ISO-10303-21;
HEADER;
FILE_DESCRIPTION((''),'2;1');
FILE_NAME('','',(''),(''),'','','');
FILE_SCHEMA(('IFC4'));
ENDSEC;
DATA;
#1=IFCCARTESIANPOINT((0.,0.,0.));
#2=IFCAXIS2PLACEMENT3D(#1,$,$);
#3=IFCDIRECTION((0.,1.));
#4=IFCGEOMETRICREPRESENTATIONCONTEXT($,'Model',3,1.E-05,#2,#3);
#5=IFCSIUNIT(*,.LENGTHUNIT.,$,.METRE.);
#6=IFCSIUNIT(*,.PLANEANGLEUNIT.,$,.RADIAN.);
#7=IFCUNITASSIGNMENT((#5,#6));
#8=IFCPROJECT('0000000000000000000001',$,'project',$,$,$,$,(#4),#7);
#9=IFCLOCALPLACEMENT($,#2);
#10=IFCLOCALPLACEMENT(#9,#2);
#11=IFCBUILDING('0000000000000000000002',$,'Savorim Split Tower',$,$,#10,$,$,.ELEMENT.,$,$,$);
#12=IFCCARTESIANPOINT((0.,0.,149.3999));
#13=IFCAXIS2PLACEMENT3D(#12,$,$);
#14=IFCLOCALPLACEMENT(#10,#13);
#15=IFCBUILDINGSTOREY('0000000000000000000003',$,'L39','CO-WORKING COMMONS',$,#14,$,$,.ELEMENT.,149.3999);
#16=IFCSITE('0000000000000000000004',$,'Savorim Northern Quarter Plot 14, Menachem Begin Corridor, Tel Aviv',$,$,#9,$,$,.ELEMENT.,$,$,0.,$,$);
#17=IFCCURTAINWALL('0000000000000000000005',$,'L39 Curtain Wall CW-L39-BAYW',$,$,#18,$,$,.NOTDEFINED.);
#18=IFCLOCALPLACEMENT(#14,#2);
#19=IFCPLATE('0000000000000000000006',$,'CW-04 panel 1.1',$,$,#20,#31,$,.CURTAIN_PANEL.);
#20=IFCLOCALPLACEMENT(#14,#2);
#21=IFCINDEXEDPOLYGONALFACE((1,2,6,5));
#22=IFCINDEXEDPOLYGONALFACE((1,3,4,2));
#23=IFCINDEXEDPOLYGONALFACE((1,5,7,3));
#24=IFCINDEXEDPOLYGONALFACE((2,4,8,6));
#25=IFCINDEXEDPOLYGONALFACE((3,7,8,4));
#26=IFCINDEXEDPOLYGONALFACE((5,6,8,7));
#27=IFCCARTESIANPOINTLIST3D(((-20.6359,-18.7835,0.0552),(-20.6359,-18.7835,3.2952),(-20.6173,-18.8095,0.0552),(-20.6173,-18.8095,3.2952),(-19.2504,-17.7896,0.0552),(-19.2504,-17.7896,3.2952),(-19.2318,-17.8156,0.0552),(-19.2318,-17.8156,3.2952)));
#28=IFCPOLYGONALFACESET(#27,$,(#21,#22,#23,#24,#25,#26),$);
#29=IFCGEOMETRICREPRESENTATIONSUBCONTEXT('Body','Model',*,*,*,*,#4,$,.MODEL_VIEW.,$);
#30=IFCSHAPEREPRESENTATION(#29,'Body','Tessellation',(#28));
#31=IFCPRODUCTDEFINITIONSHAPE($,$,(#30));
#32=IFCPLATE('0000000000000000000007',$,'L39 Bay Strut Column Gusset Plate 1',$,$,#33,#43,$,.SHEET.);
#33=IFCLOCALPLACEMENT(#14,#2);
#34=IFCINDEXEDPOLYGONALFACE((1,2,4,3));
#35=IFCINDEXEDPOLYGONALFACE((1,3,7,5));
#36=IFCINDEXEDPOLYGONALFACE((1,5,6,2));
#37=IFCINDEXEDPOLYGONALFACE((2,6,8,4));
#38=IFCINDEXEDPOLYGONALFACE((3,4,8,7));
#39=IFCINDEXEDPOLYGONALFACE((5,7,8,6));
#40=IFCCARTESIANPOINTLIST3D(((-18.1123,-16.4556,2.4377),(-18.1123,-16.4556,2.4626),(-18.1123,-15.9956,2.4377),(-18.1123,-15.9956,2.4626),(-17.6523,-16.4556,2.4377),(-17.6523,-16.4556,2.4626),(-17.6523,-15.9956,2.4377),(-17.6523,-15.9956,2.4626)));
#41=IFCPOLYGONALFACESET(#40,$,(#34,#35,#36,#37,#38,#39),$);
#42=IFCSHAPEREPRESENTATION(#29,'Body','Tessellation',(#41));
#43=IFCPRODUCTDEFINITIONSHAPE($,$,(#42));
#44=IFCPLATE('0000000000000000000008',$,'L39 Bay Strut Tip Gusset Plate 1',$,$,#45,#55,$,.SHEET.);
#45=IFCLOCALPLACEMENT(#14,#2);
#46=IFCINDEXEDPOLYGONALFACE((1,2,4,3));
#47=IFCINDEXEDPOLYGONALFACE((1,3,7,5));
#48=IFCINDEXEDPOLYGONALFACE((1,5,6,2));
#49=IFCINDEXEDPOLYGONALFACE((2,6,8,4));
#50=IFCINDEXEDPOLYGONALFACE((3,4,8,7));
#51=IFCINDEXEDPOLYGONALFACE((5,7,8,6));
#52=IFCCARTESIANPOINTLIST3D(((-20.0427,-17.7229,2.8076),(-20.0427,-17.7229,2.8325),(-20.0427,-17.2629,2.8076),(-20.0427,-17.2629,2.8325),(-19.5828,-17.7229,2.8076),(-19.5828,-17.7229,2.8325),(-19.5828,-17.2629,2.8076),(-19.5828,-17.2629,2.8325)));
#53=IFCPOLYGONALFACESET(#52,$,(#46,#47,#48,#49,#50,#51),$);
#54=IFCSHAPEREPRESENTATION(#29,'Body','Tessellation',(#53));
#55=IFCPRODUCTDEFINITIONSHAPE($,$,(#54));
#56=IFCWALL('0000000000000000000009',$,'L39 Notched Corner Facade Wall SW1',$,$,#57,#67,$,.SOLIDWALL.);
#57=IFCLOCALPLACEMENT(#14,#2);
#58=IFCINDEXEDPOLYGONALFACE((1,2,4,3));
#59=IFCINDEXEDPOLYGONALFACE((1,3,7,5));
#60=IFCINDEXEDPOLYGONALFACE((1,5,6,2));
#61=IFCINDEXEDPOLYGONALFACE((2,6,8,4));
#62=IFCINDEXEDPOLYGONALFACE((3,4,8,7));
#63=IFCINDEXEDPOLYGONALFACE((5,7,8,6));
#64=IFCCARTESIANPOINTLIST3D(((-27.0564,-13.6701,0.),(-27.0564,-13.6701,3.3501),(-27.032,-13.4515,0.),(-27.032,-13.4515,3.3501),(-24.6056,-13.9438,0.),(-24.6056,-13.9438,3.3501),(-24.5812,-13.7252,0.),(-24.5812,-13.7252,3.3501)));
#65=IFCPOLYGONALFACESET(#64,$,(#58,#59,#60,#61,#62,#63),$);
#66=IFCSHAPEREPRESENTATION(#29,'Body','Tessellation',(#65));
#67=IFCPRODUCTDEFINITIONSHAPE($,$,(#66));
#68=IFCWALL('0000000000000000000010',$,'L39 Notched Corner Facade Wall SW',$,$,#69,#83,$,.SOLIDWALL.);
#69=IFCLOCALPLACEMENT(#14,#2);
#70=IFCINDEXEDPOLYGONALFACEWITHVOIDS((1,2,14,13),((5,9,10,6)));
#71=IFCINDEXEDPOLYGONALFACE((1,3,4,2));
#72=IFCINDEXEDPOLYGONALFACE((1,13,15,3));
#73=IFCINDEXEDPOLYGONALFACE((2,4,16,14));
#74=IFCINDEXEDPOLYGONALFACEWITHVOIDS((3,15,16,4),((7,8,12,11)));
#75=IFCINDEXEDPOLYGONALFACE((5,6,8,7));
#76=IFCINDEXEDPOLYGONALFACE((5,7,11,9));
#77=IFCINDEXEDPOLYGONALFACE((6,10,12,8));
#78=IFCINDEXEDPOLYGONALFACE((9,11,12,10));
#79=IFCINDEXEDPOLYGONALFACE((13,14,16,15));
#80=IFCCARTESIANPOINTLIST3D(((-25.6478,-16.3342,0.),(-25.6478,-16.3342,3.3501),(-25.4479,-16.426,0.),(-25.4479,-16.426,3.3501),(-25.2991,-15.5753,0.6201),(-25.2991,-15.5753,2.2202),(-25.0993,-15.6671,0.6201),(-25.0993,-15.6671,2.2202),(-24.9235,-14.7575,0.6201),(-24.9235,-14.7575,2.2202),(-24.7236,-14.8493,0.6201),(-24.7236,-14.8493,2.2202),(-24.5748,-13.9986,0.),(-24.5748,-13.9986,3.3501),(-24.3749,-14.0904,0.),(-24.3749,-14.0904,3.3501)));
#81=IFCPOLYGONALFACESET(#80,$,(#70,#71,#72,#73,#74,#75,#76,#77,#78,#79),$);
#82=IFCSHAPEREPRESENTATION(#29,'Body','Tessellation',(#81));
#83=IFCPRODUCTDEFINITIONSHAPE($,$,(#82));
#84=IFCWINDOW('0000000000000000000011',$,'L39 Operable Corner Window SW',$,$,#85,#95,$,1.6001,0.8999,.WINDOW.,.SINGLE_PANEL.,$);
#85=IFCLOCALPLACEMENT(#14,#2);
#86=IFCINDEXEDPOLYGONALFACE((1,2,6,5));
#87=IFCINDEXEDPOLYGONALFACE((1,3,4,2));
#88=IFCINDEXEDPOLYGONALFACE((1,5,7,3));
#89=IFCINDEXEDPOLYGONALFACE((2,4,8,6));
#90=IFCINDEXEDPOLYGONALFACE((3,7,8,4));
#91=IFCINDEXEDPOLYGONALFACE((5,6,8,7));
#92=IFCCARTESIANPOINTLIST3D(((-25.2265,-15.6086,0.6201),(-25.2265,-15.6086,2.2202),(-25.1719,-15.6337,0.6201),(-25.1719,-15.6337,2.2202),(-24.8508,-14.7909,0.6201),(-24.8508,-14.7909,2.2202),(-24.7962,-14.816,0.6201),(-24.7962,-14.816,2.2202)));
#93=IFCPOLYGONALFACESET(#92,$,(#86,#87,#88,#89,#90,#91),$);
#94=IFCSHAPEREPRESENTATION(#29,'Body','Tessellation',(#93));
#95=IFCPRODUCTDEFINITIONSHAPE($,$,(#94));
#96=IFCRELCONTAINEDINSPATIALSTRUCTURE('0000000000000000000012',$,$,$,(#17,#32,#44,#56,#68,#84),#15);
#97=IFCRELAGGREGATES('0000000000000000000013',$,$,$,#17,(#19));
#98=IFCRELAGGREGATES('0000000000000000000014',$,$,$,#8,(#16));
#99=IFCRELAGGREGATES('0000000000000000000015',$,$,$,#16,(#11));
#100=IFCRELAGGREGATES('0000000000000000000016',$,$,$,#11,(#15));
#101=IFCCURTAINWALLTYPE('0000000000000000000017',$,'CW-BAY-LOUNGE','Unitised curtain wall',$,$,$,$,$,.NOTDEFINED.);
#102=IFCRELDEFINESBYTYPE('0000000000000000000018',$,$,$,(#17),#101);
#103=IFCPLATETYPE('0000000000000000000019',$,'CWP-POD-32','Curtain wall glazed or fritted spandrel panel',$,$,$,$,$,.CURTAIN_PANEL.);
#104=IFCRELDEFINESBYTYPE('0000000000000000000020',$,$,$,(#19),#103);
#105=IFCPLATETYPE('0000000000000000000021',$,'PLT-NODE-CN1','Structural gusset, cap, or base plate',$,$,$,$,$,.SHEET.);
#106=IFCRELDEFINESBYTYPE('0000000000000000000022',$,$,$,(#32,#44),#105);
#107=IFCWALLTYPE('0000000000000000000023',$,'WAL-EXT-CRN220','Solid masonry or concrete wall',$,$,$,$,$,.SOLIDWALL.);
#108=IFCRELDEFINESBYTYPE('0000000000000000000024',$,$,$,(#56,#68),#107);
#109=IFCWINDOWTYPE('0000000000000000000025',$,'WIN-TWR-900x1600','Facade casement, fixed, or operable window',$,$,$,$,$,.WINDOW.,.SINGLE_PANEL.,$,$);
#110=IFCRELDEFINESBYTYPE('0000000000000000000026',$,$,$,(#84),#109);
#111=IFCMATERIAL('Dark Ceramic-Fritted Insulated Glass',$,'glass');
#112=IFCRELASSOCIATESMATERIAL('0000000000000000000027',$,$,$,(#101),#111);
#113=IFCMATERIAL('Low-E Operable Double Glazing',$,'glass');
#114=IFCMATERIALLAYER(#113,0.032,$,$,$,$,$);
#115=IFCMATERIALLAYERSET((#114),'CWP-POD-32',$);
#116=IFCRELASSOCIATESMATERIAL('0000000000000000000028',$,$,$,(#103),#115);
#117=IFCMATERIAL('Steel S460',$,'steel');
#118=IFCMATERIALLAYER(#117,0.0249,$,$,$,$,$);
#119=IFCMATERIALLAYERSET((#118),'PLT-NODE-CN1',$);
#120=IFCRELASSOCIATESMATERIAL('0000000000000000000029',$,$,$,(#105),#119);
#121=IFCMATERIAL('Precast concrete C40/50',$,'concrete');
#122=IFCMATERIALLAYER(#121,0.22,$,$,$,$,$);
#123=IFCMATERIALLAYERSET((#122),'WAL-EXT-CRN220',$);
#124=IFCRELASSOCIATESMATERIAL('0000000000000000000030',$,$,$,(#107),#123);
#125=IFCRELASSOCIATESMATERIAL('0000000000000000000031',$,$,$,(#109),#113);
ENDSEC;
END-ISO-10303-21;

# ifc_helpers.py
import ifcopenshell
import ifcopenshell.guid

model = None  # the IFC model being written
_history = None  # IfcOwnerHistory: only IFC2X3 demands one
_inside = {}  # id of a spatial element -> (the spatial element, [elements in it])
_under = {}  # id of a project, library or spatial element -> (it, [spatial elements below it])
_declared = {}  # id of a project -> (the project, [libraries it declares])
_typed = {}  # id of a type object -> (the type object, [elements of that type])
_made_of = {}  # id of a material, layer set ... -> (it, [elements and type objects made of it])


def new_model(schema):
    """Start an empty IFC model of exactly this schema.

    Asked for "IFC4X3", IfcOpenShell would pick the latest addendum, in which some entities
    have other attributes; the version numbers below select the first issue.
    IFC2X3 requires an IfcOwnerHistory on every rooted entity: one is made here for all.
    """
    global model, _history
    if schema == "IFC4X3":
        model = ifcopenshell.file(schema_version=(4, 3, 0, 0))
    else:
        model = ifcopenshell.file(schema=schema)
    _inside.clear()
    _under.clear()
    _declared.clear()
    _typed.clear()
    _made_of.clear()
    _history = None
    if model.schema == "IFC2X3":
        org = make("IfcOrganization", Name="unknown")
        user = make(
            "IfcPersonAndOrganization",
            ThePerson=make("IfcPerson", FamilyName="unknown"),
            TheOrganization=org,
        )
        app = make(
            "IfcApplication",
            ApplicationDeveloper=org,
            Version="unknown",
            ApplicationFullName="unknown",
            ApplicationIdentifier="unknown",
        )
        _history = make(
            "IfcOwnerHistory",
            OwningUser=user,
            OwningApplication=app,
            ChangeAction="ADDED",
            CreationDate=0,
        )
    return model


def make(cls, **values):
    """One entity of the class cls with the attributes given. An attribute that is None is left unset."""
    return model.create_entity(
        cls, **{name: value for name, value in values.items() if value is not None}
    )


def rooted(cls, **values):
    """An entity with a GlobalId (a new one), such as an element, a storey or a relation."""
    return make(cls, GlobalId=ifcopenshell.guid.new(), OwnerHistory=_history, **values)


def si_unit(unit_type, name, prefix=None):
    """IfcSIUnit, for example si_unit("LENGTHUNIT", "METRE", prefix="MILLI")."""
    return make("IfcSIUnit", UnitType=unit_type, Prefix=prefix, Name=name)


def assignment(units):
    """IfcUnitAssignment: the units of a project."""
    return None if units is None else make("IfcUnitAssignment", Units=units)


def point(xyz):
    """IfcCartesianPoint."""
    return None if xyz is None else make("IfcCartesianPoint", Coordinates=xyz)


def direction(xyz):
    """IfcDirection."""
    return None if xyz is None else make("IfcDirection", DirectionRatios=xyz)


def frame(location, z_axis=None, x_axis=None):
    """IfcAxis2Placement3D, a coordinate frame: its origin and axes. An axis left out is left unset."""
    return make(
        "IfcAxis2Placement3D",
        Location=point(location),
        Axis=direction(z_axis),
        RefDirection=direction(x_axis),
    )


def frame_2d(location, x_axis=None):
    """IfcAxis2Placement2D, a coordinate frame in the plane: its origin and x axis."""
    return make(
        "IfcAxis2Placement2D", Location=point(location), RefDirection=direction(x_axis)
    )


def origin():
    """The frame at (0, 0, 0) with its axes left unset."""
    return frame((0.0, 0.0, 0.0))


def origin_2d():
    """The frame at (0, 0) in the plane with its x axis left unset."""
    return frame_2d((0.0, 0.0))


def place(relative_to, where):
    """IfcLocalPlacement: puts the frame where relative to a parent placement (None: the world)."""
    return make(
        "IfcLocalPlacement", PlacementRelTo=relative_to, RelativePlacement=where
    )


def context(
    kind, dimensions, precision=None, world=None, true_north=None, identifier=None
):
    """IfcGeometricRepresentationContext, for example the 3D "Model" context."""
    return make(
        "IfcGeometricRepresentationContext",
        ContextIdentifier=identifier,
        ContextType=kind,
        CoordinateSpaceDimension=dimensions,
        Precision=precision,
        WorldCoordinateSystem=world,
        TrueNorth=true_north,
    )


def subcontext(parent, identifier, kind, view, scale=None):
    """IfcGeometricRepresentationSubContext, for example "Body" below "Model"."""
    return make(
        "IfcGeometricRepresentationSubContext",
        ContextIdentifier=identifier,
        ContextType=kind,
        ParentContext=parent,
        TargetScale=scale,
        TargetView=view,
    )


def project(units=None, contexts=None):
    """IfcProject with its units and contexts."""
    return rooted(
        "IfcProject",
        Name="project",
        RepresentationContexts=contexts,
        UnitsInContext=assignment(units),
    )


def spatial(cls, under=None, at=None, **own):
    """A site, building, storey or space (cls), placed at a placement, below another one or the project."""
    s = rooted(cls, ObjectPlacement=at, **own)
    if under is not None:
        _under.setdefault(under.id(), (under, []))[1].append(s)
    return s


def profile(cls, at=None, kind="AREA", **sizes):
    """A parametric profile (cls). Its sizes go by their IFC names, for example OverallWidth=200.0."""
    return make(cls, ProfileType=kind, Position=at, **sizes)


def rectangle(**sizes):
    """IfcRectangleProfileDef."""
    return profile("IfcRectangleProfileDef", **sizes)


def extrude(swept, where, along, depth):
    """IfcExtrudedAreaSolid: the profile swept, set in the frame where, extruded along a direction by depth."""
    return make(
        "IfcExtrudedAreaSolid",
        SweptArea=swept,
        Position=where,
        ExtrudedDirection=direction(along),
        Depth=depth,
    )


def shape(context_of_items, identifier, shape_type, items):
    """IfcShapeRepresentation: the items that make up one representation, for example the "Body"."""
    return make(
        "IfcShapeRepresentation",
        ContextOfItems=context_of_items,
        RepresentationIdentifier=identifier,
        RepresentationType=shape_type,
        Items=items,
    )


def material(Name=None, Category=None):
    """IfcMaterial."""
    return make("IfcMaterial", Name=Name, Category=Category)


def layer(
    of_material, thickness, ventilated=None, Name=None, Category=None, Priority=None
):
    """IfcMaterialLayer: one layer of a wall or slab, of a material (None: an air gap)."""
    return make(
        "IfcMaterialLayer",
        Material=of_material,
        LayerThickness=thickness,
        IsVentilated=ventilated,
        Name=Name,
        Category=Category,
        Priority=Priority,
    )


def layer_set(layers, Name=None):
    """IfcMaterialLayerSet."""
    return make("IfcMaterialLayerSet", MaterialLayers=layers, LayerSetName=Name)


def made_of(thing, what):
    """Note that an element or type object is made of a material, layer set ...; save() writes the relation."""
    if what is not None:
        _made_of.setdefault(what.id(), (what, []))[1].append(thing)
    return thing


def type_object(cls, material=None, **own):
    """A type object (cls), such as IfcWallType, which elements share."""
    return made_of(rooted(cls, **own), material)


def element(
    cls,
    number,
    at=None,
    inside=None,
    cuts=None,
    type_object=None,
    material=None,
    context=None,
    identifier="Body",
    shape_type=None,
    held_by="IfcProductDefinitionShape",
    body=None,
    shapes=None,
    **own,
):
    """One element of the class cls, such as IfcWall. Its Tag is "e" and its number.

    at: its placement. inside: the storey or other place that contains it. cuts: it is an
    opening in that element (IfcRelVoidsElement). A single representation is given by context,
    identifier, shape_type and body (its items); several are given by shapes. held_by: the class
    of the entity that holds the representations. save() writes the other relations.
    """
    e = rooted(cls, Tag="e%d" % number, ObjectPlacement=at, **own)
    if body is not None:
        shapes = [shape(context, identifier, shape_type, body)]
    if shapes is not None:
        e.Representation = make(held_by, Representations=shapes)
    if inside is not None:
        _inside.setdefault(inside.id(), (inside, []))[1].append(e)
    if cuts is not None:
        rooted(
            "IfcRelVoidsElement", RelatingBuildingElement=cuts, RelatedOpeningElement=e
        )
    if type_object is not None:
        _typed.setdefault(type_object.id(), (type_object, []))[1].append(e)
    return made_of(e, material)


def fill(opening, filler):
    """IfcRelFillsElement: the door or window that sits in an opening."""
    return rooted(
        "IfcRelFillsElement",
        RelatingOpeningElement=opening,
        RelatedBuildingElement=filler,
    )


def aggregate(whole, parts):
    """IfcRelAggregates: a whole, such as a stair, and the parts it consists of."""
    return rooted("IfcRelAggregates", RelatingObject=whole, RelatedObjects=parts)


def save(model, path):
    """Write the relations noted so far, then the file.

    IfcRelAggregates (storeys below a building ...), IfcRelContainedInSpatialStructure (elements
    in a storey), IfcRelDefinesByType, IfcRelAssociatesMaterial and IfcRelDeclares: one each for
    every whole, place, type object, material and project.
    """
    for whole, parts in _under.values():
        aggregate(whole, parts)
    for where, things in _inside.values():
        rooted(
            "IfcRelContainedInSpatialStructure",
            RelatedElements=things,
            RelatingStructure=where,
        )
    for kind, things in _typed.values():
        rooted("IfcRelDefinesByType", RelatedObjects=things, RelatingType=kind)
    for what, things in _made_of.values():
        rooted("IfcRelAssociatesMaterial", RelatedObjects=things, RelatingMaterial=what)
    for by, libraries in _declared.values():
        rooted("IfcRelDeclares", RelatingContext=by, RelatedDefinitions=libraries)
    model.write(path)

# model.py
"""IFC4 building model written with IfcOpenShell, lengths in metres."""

from ifc_helpers import new_model, si_unit, direction, frame, frame_2d, origin, origin_2d, place, context, subcontext, project, spatial, rectangle, extrude, material, layer, layer_set, type_object, element, fill, aggregate, save


model = new_model("IFC4")

# Units and contexts
model_context = context("Model", 3, precision=1e-05, world=origin(), true_north=direction((0.0, 1.0)))
body_context = subcontext(model_context, "Body", "Model", "MODEL_VIEW")
ifc_project = project(units=[si_unit("LENGTHUNIT", "METRE"), si_unit("PLANEANGLEUNIT", "RADIAN")], contexts=[model_context])

# Site, building, storey
site_placement = place(None, origin())
site = spatial("IfcSite", under=ifc_project, at=site_placement, Name="Savorim Northern Quarter Plot 14, Menachem Begin Corridor, Tel Aviv", CompositionType="ELEMENT", RefElevation=0.0)
building_placement = place(site_placement, origin())
building = spatial("IfcBuilding", under=site, at=building_placement, Name="Savorim Split Tower", CompositionType="ELEMENT")
storey_placement = place(building_placement, frame((0.0, 0.0, 149.3999)))
storey = spatial("IfcBuildingStorey", under=building, at=storey_placement, Name="L39", Description="CO-WORKING COMMONS", CompositionType="ELEMENT", Elevation=149.3999)

# Shared definitions
ifc_material_1 = material(Name="Steel S460", Category="steel")

# Shared definitions
ifc_material_2 = material(Name="Dark Ceramic-Fritted Insulated Glass", Category="glass")

# Curtain wall
curtain_wall_type_1 = type_object("IfcCurtainWallType", Name="CW-BAY-LOUNGE", Description="Unitised curtain wall", PredefinedType="NOTDEFINED", material=ifc_material_2)
curtain_wall_1_placement = place(storey_placement, origin())
curtain_wall_1 = element("IfcCurtainWall", 1, at=curtain_wall_1_placement, inside=storey, type_object=curtain_wall_type_1, Name="L39 Curtain Wall CW-L39-BAYW", PredefinedType="NOTDEFINED")

# Plate
ifc_material_3 = material(Name="Low-E Operable Double Glazing", Category="glass")
ifc_layer_1 = layer(ifc_material_3, 0.032)
ifc_layer_set_1 = layer_set([ifc_layer_1], Name="CWP-POD-32")
plate_type_1 = type_object("IfcPlateType", Name="CWP-POD-32", Description="Curtain wall glazed or fritted spandrel panel", PredefinedType="CURTAIN_PANEL", material=ifc_layer_set_1)
plate_1_placement = place(storey_placement, frame((-19.9338, -18.2996, 0.0552), z_axis=(0.0, 0.0, 1.0), x_axis=(-0.812565, -0.582871, 0.0)))
plate_1 = element("IfcPlate", 2, at=plate_1_placement, type_object=plate_type_1, Name="CW-04 panel 1.1", PredefinedType="CURTAIN_PANEL", context=body_context, shape_type="SweptSolid", body=[
    extrude(rectangle(XDim=1.7051, YDim=0.032, at=origin_2d()), origin(), (0.0, 0.0, 1.0), 3.24),
])
aggregate(curtain_wall_1, [plate_1])

# Plates
ifc_layer_2 = layer(ifc_material_1, 0.0249)
ifc_layer_set_2 = layer_set([ifc_layer_2], Name="PLT-NODE-CN1")
plate_type_2 = type_object("IfcPlateType", Name="PLT-NODE-CN1", Description="Structural gusset, cap, or base plate", PredefinedType="SHEET", material=ifc_layer_set_2)
for number, where, z_axis, x_axis, name in (
    (3, (-17.8823, -16.2256, 2.4377), (0.0, 0.0, 1.0), (1.0, 0.0, 0.0), "L39 Bay Strut Column Gusset Plate 1"),
    (4, (-19.8127, -17.4929, 2.8076), (0.0, 0.0, 1.0), (1.0, 0.0, 0.0), "L39 Bay Strut Tip Gusset Plate 1"),
):
    element("IfcPlate", number, at=place(storey_placement, frame(where, z_axis=z_axis, x_axis=x_axis)), inside=storey, type_object=plate_type_2, Name=name, PredefinedType="SHEET", context=body_context, shape_type="SweptSolid", body=[
        extrude(rectangle(XDim=0.46, YDim=0.46, at=origin_2d()), origin(), (0.0, 0.0, 1.0), 0.0249),
    ])

# Wall
ifc_material_4 = material(Name="Precast concrete C40/50", Category="concrete")
ifc_layer_3 = layer(ifc_material_4, 0.22)
ifc_layer_set_3 = layer_set([ifc_layer_3], Name="WAL-EXT-CRN220")
wall_type = type_object("IfcWallType", Name="WAL-EXT-CRN220", Description="Solid masonry or concrete wall", PredefinedType="SOLIDWALL", material=ifc_layer_set_3)
wall_1_placement = place(storey_placement, frame((-24.5935, -13.8345, 0.0), z_axis=(0.0, 0.0, 1.0), x_axis=(-0.993823, 0.110975, 0.0)))
element("IfcWall", 5, at=wall_1_placement, inside=storey, type_object=wall_type, Name="L39 Notched Corner Facade Wall SW1", PredefinedType="SOLIDWALL", context=body_context, shape_type="SweptSolid", body=[
    extrude(rectangle(XDim=2.4661, YDim=0.22, at=frame_2d((1.2329, 0.0))), origin(), (0.0, 0.0, 1.0), 3.3501),
])

# Wall, opening, window
wall_2_placement = place(storey_placement, frame((-25.5479, -16.3801, 0.0), z_axis=(0.0, 0.0, 1.0), x_axis=(0.417449, 0.9087, 0.0)))
wall_2 = element("IfcWall", 6, at=wall_2_placement, inside=storey, type_object=wall_type, Name="L39 Notched Corner Facade Wall SW", PredefinedType="SOLIDWALL", context=body_context, shape_type="SweptSolid", body=[
    extrude(rectangle(XDim=2.5703, YDim=0.22, at=frame_2d((1.2852, 0.0))), origin(), (0.0, 0.0, 1.0), 3.3501),
])
opening_placement = place(wall_2_placement, frame((0.8352, 0.0, 0.6201)))
opening = element("IfcOpeningElement", 7, at=opening_placement, cuts=wall_2, PredefinedType="OPENING", context=body_context, shape_type="SweptSolid", body=[
    extrude(rectangle(XDim=0.8999, YDim=1.6001, at=frame_2d((0.45, 0.8))), frame((0.0, 0.1199, 0.0), z_axis=(0.0, -1.0, 0.0), x_axis=(1.0, 0.0, 0.0)), (0.0, 0.0, 1.0), 0.24),
])
window_type = type_object("IfcWindowType", Name="WIN-TWR-900x1600", Description="Facade casement, fixed, or operable window", PartitioningType="SINGLE_PANEL", PredefinedType="WINDOW", material=ifc_material_3)
window_placement = place(opening_placement, origin())
window = element("IfcWindow", 8, at=window_placement, inside=storey, type_object=window_type, Name="L39 Operable Corner Window SW", OverallHeight=1.6001, OverallWidth=0.8999, PartitioningType="SINGLE_PANEL", PredefinedType="WINDOW", context=body_context, shape_type="SweptSolid", body=[
    extrude(rectangle(XDim=0.8999, YDim=1.6001, at=frame_2d((0.45, 0.8))), frame((0.0, 0.03, 0.0), z_axis=(0.0, -1.0, 0.0), x_axis=(1.0, 0.0, 0.0)), (0.0, 0.0, 1.0), 0.0601),
])
fill(opening, window)

save(model, "model.ifc")
